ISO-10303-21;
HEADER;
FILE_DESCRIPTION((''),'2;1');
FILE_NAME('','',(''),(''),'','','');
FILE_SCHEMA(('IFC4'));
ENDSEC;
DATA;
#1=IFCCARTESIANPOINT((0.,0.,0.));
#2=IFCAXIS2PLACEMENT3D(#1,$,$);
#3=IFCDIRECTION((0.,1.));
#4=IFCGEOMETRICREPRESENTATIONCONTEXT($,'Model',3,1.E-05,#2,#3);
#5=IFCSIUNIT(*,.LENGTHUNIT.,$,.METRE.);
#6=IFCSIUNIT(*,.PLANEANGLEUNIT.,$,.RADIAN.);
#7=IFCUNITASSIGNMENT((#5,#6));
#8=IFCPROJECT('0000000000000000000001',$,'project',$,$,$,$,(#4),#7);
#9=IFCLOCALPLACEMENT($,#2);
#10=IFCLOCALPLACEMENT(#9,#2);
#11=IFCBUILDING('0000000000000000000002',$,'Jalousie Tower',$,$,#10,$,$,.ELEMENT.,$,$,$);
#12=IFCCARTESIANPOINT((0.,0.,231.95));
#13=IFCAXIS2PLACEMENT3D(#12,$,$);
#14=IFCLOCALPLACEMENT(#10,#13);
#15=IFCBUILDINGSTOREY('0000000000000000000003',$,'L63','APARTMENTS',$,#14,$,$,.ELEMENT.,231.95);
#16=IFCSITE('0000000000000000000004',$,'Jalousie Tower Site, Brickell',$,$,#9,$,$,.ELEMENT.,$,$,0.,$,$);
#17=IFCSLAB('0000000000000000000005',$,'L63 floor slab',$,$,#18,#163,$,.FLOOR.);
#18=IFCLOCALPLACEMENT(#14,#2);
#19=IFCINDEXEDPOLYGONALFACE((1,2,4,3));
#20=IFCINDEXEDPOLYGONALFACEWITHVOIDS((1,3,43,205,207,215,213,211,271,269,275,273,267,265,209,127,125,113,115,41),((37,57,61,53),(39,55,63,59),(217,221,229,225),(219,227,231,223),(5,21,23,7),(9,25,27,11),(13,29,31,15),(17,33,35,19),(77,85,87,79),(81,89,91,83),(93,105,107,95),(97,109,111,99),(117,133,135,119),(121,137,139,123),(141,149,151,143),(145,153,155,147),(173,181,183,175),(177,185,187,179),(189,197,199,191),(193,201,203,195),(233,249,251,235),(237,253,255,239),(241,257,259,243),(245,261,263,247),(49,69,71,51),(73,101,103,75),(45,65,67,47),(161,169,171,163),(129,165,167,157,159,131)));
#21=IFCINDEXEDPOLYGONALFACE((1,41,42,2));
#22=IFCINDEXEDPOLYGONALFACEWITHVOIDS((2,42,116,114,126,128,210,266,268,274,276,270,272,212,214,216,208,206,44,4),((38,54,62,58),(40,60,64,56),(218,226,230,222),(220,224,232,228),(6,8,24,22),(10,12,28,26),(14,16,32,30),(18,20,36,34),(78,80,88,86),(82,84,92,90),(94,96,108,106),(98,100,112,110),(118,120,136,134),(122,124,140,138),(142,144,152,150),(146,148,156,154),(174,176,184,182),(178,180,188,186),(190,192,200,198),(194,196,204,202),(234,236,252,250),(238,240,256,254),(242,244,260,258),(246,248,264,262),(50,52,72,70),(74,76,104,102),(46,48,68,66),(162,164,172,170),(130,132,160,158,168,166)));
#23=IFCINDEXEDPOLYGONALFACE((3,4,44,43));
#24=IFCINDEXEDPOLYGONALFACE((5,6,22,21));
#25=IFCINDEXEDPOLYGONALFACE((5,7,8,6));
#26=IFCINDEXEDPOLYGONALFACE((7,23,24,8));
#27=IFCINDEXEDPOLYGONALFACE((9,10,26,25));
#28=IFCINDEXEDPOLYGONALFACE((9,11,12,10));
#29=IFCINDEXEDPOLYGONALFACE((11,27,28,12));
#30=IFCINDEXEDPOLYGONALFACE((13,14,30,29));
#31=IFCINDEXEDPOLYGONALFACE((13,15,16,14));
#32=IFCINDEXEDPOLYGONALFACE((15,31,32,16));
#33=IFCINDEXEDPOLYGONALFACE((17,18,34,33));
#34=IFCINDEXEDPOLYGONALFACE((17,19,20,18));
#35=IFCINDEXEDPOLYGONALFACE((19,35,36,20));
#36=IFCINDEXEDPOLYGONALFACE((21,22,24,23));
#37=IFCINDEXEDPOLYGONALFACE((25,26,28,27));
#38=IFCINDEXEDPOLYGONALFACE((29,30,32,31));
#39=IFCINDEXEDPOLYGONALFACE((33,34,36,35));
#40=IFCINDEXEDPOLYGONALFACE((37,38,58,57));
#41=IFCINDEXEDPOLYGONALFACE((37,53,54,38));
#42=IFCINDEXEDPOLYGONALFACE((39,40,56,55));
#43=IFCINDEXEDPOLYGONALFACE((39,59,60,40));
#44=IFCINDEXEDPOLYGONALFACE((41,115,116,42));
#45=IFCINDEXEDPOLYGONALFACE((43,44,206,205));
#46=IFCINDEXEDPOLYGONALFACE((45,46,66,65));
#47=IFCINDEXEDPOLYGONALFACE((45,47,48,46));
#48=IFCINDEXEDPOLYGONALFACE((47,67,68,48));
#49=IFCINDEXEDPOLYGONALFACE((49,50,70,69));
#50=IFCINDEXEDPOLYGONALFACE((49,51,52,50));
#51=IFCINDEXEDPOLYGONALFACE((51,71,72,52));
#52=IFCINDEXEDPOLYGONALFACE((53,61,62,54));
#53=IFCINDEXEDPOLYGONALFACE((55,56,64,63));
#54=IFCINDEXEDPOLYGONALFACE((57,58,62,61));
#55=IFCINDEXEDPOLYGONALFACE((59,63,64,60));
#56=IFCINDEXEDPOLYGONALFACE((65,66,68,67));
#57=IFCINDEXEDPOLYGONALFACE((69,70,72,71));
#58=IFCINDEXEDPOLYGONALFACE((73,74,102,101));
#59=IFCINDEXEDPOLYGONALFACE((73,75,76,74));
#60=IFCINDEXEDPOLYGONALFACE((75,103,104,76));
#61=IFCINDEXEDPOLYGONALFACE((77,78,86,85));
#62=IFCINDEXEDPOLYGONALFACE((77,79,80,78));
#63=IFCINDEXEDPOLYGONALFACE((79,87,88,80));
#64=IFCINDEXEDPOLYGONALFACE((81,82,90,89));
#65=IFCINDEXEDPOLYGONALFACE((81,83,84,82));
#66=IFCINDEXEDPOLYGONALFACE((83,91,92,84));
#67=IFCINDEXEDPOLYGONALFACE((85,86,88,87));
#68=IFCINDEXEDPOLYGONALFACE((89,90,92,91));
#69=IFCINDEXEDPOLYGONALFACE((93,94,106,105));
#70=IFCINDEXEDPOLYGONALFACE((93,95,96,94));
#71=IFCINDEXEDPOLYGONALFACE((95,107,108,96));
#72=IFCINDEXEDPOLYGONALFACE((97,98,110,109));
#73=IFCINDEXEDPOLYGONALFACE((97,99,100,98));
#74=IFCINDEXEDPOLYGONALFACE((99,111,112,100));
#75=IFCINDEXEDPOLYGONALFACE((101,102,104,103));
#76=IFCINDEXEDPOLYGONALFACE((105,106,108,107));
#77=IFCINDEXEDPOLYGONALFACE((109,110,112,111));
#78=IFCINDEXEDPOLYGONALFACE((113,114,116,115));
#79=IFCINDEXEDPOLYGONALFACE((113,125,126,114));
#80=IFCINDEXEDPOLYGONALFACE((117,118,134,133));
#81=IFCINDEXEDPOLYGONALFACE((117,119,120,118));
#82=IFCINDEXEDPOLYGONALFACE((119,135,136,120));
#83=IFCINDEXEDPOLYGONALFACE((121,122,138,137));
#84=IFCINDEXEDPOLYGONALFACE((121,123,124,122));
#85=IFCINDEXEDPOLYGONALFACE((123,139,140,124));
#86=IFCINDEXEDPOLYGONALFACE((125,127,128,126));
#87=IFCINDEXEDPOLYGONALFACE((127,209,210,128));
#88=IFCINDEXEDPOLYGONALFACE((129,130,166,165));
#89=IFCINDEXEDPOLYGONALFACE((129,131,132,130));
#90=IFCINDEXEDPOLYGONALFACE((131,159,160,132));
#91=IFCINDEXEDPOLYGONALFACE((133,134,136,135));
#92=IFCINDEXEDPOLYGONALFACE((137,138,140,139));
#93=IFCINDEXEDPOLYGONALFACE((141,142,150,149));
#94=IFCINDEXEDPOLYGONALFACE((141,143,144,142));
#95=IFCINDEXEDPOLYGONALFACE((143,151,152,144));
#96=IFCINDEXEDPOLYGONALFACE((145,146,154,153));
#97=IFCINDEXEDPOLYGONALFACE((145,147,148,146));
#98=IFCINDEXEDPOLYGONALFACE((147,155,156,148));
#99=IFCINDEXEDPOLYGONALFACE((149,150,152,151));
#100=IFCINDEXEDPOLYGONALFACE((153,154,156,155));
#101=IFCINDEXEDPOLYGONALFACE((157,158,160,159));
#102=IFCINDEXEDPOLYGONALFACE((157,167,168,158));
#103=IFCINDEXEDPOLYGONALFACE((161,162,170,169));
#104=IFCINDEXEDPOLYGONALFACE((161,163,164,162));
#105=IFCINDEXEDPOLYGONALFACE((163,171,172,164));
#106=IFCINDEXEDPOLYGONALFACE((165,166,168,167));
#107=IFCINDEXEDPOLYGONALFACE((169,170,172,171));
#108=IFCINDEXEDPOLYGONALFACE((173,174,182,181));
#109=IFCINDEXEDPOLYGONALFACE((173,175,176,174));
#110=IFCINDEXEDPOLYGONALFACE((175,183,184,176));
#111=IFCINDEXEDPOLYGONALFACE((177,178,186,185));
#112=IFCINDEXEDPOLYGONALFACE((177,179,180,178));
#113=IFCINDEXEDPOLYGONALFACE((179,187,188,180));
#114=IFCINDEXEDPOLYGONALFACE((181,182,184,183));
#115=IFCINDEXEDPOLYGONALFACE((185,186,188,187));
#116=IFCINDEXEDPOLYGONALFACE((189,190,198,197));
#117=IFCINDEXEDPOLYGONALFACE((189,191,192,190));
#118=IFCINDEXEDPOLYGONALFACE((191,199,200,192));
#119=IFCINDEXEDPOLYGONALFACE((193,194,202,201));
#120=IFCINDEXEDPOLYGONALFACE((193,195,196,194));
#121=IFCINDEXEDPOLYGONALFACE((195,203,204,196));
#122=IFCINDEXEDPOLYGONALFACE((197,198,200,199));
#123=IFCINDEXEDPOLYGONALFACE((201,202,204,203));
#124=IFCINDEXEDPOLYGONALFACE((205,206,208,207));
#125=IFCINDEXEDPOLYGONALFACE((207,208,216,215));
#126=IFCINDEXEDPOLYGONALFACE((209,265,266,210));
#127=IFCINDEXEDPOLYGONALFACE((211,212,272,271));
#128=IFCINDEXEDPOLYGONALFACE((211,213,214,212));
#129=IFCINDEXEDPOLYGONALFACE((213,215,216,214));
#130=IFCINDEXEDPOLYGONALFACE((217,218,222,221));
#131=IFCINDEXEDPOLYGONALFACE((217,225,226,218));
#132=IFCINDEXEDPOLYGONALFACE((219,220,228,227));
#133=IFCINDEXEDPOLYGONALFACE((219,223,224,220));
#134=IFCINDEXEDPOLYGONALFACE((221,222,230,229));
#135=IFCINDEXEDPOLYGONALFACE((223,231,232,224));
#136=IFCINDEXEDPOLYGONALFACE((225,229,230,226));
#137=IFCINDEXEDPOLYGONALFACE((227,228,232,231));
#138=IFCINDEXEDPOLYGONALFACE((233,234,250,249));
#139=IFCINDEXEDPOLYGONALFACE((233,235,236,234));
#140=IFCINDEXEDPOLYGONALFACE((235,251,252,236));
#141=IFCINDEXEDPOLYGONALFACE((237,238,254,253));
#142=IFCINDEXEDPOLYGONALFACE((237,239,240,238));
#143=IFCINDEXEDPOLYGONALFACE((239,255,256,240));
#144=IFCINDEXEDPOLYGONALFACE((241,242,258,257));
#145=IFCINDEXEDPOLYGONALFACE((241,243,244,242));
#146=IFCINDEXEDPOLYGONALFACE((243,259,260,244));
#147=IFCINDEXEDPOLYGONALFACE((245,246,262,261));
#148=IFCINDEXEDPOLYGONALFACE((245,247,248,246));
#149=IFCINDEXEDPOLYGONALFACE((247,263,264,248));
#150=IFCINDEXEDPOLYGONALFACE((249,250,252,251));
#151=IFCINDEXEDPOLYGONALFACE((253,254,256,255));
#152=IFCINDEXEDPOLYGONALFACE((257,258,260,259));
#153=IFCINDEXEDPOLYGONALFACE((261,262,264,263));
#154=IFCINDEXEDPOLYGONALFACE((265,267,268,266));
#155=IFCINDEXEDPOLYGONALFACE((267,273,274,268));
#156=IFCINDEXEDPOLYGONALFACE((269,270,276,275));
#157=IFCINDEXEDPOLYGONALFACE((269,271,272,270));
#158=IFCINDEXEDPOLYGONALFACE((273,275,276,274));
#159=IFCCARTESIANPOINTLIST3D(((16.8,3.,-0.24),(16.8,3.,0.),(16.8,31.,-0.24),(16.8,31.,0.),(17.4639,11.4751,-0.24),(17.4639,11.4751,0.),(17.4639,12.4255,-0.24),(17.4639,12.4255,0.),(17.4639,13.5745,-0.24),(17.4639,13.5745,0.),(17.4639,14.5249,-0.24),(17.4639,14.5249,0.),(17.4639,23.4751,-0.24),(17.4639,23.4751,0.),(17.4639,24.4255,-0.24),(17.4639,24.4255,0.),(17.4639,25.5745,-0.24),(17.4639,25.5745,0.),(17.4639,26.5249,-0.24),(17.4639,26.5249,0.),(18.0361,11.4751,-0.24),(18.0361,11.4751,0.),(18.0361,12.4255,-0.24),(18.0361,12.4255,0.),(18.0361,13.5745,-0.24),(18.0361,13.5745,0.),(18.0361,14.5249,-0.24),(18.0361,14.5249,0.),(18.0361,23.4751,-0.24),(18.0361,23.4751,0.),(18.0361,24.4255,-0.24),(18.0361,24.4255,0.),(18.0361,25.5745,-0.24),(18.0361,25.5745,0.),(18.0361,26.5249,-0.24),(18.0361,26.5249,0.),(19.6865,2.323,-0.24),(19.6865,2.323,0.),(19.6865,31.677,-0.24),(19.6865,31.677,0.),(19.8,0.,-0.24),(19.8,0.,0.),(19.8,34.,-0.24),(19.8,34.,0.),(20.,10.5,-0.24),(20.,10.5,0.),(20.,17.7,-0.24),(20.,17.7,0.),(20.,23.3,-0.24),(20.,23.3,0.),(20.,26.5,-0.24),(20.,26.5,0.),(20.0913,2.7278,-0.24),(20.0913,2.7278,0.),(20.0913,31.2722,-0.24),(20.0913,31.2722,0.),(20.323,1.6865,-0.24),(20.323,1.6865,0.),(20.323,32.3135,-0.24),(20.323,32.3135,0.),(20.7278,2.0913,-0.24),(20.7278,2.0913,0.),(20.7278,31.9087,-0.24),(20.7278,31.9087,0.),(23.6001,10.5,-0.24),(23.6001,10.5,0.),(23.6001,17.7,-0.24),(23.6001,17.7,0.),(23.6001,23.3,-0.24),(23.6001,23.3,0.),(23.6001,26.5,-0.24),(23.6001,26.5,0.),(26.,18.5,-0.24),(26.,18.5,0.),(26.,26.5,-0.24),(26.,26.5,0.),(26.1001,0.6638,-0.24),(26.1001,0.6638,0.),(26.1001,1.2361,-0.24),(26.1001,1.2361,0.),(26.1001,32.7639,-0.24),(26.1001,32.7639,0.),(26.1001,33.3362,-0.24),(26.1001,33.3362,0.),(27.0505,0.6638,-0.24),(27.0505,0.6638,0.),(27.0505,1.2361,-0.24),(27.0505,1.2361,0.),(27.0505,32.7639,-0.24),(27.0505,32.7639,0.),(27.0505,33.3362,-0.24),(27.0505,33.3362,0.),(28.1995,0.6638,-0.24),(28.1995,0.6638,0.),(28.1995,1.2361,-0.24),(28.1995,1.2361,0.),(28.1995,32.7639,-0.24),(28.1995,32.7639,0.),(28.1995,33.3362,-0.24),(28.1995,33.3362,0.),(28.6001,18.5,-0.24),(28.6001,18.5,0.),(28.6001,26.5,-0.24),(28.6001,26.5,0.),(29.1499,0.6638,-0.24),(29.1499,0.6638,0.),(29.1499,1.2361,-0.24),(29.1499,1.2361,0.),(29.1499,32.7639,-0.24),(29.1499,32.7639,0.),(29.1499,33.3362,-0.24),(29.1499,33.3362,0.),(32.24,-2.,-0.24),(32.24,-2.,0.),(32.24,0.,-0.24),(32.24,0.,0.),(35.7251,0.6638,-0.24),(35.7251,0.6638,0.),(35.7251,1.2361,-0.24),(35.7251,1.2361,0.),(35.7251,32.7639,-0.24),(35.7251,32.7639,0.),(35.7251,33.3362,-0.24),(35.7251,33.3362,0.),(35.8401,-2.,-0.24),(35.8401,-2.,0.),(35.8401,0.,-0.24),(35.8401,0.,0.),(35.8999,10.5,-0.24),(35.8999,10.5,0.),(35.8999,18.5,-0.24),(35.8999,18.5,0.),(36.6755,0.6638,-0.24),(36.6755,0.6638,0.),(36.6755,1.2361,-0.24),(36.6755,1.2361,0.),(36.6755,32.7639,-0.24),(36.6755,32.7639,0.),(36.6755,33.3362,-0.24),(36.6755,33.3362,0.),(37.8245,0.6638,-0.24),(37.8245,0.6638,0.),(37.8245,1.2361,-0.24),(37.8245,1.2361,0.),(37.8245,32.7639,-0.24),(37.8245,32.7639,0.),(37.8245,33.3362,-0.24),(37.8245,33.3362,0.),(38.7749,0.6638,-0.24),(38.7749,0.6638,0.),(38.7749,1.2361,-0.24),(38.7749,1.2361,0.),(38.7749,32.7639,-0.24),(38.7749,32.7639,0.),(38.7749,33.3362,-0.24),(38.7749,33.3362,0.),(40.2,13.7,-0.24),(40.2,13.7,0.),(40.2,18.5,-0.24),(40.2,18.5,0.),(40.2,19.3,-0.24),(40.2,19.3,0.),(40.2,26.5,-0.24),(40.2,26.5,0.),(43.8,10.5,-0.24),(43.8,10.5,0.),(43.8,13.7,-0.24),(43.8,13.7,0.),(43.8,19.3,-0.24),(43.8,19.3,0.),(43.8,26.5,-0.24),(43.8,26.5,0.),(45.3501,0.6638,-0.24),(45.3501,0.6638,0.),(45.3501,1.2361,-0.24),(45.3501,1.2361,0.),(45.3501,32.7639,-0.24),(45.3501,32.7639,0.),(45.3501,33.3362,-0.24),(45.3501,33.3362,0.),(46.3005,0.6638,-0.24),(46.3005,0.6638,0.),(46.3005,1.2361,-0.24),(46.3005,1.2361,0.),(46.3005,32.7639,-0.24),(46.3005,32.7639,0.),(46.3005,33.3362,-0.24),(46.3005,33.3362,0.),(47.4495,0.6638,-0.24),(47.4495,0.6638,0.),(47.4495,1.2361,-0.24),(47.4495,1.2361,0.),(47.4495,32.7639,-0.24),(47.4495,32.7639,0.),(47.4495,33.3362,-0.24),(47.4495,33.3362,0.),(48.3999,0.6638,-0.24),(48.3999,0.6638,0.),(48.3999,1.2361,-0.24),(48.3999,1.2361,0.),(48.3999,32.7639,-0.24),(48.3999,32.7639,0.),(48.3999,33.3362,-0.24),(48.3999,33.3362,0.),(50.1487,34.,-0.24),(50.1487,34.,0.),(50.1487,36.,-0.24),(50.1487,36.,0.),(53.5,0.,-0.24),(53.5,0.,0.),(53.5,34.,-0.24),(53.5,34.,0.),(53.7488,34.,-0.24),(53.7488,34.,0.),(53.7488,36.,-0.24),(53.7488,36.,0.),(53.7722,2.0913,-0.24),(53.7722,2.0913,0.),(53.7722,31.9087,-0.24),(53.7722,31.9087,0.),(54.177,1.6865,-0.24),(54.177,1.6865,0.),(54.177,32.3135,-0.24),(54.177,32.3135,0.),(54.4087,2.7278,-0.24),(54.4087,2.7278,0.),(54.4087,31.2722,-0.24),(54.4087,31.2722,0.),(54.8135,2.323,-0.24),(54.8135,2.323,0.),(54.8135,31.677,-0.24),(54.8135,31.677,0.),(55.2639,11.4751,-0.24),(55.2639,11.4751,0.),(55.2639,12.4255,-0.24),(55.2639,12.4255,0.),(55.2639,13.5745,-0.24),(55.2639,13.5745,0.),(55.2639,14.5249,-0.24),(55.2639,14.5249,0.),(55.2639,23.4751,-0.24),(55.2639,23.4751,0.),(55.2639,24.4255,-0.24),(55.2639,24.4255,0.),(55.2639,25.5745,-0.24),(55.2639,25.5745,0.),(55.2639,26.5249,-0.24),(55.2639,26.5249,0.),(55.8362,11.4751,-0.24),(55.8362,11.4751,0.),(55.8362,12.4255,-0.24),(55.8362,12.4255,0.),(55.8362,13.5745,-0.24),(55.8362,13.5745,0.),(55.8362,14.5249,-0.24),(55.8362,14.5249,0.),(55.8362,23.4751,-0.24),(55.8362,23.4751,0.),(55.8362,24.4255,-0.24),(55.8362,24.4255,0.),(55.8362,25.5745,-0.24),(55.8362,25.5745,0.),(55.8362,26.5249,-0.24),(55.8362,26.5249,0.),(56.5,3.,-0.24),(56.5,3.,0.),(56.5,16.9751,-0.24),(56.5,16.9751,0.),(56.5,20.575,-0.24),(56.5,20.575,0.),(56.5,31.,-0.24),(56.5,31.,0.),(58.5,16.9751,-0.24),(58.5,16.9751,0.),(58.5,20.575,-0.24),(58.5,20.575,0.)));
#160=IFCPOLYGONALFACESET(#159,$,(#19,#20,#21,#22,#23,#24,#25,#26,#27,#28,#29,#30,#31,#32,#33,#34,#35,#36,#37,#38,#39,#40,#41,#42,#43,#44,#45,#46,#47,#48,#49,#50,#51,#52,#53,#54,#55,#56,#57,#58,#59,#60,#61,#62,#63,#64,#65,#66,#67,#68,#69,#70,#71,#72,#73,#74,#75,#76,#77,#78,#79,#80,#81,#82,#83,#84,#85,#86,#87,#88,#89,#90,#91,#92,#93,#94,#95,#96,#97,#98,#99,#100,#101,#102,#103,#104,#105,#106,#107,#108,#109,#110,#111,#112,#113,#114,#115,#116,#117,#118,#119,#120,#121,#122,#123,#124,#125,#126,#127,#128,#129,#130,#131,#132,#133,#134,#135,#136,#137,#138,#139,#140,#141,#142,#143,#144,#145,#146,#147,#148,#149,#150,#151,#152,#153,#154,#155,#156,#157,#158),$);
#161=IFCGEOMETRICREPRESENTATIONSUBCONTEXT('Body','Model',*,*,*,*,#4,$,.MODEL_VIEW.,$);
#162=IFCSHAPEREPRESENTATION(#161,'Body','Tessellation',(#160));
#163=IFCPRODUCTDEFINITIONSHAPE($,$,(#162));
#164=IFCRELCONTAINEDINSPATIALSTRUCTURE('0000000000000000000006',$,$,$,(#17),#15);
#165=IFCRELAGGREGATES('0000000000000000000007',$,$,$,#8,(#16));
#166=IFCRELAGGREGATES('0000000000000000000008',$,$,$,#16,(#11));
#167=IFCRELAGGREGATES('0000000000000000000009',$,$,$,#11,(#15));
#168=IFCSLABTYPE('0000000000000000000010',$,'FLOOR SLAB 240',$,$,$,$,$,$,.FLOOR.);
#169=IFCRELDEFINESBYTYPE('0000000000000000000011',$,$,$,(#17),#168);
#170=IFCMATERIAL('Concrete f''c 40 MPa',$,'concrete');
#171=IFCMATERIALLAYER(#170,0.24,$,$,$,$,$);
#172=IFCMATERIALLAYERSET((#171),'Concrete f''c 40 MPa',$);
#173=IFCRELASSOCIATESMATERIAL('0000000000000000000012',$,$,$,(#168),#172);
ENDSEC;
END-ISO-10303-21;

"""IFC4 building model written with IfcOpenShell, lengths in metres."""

from ifc_helpers import new_model, si_unit, direction, frame, origin, place, context, subcontext, project, spatial, polyline, outline, extrude, material, layer, layer_set, type_object, element, save


model = new_model("IFC4")

# Units and contexts
model_context = context("Model", 3, precision=1e-05, world=origin(), true_north=direction((0.0, 1.0)))
body_context = subcontext(model_context, "Body", "Model", "MODEL_VIEW")
ifc_project = project(units=[si_unit("LENGTHUNIT", "METRE"), si_unit("PLANEANGLEUNIT", "RADIAN")], contexts=[model_context])

# Site, building, storey
site_placement = place(None, origin())
site = spatial("IfcSite", under=ifc_project, at=site_placement, Name="Jalousie Tower Site, Brickell", CompositionType="ELEMENT", RefElevation=0.0)
building_placement = place(site_placement, origin())
building = spatial("IfcBuilding", under=site, at=building_placement, Name="Jalousie Tower", CompositionType="ELEMENT")
storey_placement = place(building_placement, frame((0.0, 0.0, 231.95)))
storey = spatial("IfcBuildingStorey", under=building, at=storey_placement, Name="L63", Description="APARTMENTS", CompositionType="ELEMENT", Elevation=231.95)

# Slab
ifc_material_1 = material(Name="Concrete f'c 40 MPa", Category="concrete")
ifc_layer_1 = layer(ifc_material_1, 0.24)
ifc_layer_set_1 = layer_set([ifc_layer_1], Name="Concrete f'c 40 MPa")
slab_type_1 = type_object("IfcSlabType", Name="FLOOR SLAB 240", PredefinedType="FLOOR", material=ifc_layer_set_1)
slab_1_placement = place(storey_placement, frame((0.0, 0.0, -0.24)))
element("IfcSlab", 1, at=slab_1_placement, inside=storey, type_object=slab_type_1, Name="L63 floor slab", PredefinedType="FLOOR", context=body_context, shape_type="SweptSolid", body=[
    extrude(outline(polyline([(19.8, 34.0), (50.1487, 34.0), (50.1487, 36.0), (53.7488, 36.0), (53.7488, 34.0), (53.5, 34.0), (56.5, 31.0), (56.5, 20.575), (58.5, 20.575), (58.5, 16.9751), (56.5, 16.9751), (56.5, 3.0), (53.5, 0.0), (35.8401, 0.0), (35.8401, -2.0), (32.24, -2.0), (32.24, 0.0), (19.8, 0.0), (16.8, 3.0), (16.8, 31.0), (19.8, 34.0)]), holes=[polyline([(55.2639, 24.4255), (55.2639, 23.4751), (55.8362, 23.4751), (55.8362, 24.4255), (55.2639, 24.4255)]), polyline([(55.2639, 14.5249), (55.2639, 13.5745), (55.8362, 13.5745), (55.8362, 14.5249), (55.2639, 14.5249)]), polyline([(55.2639, 12.4255), (55.2639, 11.4751), (55.8362, 11.4751), (55.8362, 12.4255), (55.2639, 12.4255)]), polyline([(55.2639, 25.5745), (55.8362, 25.5745), (55.8362, 26.5249), (55.2639, 26.5249), (55.2639, 25.5745)]), polyline([(54.4087, 2.7278), (53.7722, 2.0913), (54.177, 1.6865), (54.8135, 2.323), (54.4087, 2.7278)]), polyline([(54.8135, 31.677), (54.177, 32.3135), (53.7722, 31.9087), (54.4087, 31.2722), (54.8135, 31.677)]), polyline([(48.3999, 32.7639), (48.3999, 33.3362), (47.4495, 33.3362), (47.4495, 32.7639), (48.3999, 32.7639)]), polyline([(48.3999, 0.6638), (48.3999, 1.2361), (47.4495, 1.2361), (47.4495, 0.6638), (48.3999, 0.6638)]), polyline([(45.3501, 1.2361), (45.3501, 0.6638), (46.3005, 0.6638), (46.3005, 1.2361), (45.3501, 1.2361)]), polyline([(45.3501, 32.7639), (46.3005, 32.7639), (46.3005, 33.3362), (45.3501, 33.3362), (45.3501, 32.7639)]), polyline([(40.2, 26.5), (40.2, 19.3), (43.8, 19.3), (43.8, 26.5), (40.2, 26.5)]), polyline([(40.2, 13.7), (40.2, 18.5), (35.8999, 18.5), (35.8999, 10.5), (43.8, 10.5), (43.8, 13.7), (40.2, 13.7)]), polyline([(38.7749, 33.3362), (37.8245, 33.3362), (37.8245, 32.7639), (38.7749, 32.7639), (38.7749, 33.3362)]), polyline([(38.7749, 1.2361), (37.8245, 1.2361), (37.8245, 0.6638), (38.7749, 0.6638), (38.7749, 1.2361)]), polyline([(35.7251, 32.7639), (36.6755, 32.7639), (36.6755, 33.3362), (35.7251, 33.3362), (35.7251, 32.7639)]), polyline([(35.7251, 0.6638), (36.6755, 0.6638), (36.6755, 1.2361), (35.7251, 1.2361), (35.7251, 0.6638)]), polyline([(29.1499, 1.2361), (28.1995, 1.2361), (28.1995, 0.6638), (29.1499, 0.6638), (29.1499, 1.2361)]), polyline([(28.1995, 32.7639), (29.1499, 32.7639), (29.1499, 33.3362), (28.1995, 33.3362), (28.1995, 32.7639)]), polyline([(26.0, 26.5), (26.0, 18.5), (28.6001, 18.5), (28.6001, 26.5), (26.0, 26.5)]), polyline([(27.0505, 33.3362), (26.1001, 33.3362), (26.1001, 32.7639), (27.0505, 32.7639), (27.0505, 33.3362)]), polyline([(27.0505, 1.2361), (26.1001, 1.2361), (26.1001, 0.6638), (27.0505, 0.6638), (27.0505, 1.2361)]), polyline([(20.0, 26.5), (20.0, 23.3), (23.6001, 23.3), (23.6001, 26.5), (20.0, 26.5)]), polyline([(20.0, 17.7), (20.0, 10.5), (23.6001, 10.5), (23.6001, 17.7), (20.0, 17.7)]), polyline([(20.7278, 2.0913), (20.0913, 2.7278), (19.6865, 2.323), (20.323, 1.6865), (20.7278, 2.0913)]), polyline([(20.7278, 31.9087), (20.323, 32.3135), (19.6865, 31.677), (20.0913, 31.2722), (20.7278, 31.9087)]), polyline([(17.4639, 26.5249), (17.4639, 25.5745), (18.0361, 25.5745), (18.0361, 26.5249), (17.4639, 26.5249)]), polyline([(17.4639, 12.4255), (17.4639, 11.4751), (18.0361, 11.4751), (18.0361, 12.4255), (17.4639, 12.4255)]), polyline([(18.0361, 23.4751), (18.0361, 24.4255), (17.4639, 24.4255), (17.4639, 23.4751), (18.0361, 23.4751)]), polyline([(17.4639, 13.5745), (18.0361, 13.5745), (18.0361, 14.5249), (17.4639, 14.5249), (17.4639, 13.5745)])]), origin(), (0.0, 0.0, 1.0), 0.24),
])

save(model, "model.ifc")
